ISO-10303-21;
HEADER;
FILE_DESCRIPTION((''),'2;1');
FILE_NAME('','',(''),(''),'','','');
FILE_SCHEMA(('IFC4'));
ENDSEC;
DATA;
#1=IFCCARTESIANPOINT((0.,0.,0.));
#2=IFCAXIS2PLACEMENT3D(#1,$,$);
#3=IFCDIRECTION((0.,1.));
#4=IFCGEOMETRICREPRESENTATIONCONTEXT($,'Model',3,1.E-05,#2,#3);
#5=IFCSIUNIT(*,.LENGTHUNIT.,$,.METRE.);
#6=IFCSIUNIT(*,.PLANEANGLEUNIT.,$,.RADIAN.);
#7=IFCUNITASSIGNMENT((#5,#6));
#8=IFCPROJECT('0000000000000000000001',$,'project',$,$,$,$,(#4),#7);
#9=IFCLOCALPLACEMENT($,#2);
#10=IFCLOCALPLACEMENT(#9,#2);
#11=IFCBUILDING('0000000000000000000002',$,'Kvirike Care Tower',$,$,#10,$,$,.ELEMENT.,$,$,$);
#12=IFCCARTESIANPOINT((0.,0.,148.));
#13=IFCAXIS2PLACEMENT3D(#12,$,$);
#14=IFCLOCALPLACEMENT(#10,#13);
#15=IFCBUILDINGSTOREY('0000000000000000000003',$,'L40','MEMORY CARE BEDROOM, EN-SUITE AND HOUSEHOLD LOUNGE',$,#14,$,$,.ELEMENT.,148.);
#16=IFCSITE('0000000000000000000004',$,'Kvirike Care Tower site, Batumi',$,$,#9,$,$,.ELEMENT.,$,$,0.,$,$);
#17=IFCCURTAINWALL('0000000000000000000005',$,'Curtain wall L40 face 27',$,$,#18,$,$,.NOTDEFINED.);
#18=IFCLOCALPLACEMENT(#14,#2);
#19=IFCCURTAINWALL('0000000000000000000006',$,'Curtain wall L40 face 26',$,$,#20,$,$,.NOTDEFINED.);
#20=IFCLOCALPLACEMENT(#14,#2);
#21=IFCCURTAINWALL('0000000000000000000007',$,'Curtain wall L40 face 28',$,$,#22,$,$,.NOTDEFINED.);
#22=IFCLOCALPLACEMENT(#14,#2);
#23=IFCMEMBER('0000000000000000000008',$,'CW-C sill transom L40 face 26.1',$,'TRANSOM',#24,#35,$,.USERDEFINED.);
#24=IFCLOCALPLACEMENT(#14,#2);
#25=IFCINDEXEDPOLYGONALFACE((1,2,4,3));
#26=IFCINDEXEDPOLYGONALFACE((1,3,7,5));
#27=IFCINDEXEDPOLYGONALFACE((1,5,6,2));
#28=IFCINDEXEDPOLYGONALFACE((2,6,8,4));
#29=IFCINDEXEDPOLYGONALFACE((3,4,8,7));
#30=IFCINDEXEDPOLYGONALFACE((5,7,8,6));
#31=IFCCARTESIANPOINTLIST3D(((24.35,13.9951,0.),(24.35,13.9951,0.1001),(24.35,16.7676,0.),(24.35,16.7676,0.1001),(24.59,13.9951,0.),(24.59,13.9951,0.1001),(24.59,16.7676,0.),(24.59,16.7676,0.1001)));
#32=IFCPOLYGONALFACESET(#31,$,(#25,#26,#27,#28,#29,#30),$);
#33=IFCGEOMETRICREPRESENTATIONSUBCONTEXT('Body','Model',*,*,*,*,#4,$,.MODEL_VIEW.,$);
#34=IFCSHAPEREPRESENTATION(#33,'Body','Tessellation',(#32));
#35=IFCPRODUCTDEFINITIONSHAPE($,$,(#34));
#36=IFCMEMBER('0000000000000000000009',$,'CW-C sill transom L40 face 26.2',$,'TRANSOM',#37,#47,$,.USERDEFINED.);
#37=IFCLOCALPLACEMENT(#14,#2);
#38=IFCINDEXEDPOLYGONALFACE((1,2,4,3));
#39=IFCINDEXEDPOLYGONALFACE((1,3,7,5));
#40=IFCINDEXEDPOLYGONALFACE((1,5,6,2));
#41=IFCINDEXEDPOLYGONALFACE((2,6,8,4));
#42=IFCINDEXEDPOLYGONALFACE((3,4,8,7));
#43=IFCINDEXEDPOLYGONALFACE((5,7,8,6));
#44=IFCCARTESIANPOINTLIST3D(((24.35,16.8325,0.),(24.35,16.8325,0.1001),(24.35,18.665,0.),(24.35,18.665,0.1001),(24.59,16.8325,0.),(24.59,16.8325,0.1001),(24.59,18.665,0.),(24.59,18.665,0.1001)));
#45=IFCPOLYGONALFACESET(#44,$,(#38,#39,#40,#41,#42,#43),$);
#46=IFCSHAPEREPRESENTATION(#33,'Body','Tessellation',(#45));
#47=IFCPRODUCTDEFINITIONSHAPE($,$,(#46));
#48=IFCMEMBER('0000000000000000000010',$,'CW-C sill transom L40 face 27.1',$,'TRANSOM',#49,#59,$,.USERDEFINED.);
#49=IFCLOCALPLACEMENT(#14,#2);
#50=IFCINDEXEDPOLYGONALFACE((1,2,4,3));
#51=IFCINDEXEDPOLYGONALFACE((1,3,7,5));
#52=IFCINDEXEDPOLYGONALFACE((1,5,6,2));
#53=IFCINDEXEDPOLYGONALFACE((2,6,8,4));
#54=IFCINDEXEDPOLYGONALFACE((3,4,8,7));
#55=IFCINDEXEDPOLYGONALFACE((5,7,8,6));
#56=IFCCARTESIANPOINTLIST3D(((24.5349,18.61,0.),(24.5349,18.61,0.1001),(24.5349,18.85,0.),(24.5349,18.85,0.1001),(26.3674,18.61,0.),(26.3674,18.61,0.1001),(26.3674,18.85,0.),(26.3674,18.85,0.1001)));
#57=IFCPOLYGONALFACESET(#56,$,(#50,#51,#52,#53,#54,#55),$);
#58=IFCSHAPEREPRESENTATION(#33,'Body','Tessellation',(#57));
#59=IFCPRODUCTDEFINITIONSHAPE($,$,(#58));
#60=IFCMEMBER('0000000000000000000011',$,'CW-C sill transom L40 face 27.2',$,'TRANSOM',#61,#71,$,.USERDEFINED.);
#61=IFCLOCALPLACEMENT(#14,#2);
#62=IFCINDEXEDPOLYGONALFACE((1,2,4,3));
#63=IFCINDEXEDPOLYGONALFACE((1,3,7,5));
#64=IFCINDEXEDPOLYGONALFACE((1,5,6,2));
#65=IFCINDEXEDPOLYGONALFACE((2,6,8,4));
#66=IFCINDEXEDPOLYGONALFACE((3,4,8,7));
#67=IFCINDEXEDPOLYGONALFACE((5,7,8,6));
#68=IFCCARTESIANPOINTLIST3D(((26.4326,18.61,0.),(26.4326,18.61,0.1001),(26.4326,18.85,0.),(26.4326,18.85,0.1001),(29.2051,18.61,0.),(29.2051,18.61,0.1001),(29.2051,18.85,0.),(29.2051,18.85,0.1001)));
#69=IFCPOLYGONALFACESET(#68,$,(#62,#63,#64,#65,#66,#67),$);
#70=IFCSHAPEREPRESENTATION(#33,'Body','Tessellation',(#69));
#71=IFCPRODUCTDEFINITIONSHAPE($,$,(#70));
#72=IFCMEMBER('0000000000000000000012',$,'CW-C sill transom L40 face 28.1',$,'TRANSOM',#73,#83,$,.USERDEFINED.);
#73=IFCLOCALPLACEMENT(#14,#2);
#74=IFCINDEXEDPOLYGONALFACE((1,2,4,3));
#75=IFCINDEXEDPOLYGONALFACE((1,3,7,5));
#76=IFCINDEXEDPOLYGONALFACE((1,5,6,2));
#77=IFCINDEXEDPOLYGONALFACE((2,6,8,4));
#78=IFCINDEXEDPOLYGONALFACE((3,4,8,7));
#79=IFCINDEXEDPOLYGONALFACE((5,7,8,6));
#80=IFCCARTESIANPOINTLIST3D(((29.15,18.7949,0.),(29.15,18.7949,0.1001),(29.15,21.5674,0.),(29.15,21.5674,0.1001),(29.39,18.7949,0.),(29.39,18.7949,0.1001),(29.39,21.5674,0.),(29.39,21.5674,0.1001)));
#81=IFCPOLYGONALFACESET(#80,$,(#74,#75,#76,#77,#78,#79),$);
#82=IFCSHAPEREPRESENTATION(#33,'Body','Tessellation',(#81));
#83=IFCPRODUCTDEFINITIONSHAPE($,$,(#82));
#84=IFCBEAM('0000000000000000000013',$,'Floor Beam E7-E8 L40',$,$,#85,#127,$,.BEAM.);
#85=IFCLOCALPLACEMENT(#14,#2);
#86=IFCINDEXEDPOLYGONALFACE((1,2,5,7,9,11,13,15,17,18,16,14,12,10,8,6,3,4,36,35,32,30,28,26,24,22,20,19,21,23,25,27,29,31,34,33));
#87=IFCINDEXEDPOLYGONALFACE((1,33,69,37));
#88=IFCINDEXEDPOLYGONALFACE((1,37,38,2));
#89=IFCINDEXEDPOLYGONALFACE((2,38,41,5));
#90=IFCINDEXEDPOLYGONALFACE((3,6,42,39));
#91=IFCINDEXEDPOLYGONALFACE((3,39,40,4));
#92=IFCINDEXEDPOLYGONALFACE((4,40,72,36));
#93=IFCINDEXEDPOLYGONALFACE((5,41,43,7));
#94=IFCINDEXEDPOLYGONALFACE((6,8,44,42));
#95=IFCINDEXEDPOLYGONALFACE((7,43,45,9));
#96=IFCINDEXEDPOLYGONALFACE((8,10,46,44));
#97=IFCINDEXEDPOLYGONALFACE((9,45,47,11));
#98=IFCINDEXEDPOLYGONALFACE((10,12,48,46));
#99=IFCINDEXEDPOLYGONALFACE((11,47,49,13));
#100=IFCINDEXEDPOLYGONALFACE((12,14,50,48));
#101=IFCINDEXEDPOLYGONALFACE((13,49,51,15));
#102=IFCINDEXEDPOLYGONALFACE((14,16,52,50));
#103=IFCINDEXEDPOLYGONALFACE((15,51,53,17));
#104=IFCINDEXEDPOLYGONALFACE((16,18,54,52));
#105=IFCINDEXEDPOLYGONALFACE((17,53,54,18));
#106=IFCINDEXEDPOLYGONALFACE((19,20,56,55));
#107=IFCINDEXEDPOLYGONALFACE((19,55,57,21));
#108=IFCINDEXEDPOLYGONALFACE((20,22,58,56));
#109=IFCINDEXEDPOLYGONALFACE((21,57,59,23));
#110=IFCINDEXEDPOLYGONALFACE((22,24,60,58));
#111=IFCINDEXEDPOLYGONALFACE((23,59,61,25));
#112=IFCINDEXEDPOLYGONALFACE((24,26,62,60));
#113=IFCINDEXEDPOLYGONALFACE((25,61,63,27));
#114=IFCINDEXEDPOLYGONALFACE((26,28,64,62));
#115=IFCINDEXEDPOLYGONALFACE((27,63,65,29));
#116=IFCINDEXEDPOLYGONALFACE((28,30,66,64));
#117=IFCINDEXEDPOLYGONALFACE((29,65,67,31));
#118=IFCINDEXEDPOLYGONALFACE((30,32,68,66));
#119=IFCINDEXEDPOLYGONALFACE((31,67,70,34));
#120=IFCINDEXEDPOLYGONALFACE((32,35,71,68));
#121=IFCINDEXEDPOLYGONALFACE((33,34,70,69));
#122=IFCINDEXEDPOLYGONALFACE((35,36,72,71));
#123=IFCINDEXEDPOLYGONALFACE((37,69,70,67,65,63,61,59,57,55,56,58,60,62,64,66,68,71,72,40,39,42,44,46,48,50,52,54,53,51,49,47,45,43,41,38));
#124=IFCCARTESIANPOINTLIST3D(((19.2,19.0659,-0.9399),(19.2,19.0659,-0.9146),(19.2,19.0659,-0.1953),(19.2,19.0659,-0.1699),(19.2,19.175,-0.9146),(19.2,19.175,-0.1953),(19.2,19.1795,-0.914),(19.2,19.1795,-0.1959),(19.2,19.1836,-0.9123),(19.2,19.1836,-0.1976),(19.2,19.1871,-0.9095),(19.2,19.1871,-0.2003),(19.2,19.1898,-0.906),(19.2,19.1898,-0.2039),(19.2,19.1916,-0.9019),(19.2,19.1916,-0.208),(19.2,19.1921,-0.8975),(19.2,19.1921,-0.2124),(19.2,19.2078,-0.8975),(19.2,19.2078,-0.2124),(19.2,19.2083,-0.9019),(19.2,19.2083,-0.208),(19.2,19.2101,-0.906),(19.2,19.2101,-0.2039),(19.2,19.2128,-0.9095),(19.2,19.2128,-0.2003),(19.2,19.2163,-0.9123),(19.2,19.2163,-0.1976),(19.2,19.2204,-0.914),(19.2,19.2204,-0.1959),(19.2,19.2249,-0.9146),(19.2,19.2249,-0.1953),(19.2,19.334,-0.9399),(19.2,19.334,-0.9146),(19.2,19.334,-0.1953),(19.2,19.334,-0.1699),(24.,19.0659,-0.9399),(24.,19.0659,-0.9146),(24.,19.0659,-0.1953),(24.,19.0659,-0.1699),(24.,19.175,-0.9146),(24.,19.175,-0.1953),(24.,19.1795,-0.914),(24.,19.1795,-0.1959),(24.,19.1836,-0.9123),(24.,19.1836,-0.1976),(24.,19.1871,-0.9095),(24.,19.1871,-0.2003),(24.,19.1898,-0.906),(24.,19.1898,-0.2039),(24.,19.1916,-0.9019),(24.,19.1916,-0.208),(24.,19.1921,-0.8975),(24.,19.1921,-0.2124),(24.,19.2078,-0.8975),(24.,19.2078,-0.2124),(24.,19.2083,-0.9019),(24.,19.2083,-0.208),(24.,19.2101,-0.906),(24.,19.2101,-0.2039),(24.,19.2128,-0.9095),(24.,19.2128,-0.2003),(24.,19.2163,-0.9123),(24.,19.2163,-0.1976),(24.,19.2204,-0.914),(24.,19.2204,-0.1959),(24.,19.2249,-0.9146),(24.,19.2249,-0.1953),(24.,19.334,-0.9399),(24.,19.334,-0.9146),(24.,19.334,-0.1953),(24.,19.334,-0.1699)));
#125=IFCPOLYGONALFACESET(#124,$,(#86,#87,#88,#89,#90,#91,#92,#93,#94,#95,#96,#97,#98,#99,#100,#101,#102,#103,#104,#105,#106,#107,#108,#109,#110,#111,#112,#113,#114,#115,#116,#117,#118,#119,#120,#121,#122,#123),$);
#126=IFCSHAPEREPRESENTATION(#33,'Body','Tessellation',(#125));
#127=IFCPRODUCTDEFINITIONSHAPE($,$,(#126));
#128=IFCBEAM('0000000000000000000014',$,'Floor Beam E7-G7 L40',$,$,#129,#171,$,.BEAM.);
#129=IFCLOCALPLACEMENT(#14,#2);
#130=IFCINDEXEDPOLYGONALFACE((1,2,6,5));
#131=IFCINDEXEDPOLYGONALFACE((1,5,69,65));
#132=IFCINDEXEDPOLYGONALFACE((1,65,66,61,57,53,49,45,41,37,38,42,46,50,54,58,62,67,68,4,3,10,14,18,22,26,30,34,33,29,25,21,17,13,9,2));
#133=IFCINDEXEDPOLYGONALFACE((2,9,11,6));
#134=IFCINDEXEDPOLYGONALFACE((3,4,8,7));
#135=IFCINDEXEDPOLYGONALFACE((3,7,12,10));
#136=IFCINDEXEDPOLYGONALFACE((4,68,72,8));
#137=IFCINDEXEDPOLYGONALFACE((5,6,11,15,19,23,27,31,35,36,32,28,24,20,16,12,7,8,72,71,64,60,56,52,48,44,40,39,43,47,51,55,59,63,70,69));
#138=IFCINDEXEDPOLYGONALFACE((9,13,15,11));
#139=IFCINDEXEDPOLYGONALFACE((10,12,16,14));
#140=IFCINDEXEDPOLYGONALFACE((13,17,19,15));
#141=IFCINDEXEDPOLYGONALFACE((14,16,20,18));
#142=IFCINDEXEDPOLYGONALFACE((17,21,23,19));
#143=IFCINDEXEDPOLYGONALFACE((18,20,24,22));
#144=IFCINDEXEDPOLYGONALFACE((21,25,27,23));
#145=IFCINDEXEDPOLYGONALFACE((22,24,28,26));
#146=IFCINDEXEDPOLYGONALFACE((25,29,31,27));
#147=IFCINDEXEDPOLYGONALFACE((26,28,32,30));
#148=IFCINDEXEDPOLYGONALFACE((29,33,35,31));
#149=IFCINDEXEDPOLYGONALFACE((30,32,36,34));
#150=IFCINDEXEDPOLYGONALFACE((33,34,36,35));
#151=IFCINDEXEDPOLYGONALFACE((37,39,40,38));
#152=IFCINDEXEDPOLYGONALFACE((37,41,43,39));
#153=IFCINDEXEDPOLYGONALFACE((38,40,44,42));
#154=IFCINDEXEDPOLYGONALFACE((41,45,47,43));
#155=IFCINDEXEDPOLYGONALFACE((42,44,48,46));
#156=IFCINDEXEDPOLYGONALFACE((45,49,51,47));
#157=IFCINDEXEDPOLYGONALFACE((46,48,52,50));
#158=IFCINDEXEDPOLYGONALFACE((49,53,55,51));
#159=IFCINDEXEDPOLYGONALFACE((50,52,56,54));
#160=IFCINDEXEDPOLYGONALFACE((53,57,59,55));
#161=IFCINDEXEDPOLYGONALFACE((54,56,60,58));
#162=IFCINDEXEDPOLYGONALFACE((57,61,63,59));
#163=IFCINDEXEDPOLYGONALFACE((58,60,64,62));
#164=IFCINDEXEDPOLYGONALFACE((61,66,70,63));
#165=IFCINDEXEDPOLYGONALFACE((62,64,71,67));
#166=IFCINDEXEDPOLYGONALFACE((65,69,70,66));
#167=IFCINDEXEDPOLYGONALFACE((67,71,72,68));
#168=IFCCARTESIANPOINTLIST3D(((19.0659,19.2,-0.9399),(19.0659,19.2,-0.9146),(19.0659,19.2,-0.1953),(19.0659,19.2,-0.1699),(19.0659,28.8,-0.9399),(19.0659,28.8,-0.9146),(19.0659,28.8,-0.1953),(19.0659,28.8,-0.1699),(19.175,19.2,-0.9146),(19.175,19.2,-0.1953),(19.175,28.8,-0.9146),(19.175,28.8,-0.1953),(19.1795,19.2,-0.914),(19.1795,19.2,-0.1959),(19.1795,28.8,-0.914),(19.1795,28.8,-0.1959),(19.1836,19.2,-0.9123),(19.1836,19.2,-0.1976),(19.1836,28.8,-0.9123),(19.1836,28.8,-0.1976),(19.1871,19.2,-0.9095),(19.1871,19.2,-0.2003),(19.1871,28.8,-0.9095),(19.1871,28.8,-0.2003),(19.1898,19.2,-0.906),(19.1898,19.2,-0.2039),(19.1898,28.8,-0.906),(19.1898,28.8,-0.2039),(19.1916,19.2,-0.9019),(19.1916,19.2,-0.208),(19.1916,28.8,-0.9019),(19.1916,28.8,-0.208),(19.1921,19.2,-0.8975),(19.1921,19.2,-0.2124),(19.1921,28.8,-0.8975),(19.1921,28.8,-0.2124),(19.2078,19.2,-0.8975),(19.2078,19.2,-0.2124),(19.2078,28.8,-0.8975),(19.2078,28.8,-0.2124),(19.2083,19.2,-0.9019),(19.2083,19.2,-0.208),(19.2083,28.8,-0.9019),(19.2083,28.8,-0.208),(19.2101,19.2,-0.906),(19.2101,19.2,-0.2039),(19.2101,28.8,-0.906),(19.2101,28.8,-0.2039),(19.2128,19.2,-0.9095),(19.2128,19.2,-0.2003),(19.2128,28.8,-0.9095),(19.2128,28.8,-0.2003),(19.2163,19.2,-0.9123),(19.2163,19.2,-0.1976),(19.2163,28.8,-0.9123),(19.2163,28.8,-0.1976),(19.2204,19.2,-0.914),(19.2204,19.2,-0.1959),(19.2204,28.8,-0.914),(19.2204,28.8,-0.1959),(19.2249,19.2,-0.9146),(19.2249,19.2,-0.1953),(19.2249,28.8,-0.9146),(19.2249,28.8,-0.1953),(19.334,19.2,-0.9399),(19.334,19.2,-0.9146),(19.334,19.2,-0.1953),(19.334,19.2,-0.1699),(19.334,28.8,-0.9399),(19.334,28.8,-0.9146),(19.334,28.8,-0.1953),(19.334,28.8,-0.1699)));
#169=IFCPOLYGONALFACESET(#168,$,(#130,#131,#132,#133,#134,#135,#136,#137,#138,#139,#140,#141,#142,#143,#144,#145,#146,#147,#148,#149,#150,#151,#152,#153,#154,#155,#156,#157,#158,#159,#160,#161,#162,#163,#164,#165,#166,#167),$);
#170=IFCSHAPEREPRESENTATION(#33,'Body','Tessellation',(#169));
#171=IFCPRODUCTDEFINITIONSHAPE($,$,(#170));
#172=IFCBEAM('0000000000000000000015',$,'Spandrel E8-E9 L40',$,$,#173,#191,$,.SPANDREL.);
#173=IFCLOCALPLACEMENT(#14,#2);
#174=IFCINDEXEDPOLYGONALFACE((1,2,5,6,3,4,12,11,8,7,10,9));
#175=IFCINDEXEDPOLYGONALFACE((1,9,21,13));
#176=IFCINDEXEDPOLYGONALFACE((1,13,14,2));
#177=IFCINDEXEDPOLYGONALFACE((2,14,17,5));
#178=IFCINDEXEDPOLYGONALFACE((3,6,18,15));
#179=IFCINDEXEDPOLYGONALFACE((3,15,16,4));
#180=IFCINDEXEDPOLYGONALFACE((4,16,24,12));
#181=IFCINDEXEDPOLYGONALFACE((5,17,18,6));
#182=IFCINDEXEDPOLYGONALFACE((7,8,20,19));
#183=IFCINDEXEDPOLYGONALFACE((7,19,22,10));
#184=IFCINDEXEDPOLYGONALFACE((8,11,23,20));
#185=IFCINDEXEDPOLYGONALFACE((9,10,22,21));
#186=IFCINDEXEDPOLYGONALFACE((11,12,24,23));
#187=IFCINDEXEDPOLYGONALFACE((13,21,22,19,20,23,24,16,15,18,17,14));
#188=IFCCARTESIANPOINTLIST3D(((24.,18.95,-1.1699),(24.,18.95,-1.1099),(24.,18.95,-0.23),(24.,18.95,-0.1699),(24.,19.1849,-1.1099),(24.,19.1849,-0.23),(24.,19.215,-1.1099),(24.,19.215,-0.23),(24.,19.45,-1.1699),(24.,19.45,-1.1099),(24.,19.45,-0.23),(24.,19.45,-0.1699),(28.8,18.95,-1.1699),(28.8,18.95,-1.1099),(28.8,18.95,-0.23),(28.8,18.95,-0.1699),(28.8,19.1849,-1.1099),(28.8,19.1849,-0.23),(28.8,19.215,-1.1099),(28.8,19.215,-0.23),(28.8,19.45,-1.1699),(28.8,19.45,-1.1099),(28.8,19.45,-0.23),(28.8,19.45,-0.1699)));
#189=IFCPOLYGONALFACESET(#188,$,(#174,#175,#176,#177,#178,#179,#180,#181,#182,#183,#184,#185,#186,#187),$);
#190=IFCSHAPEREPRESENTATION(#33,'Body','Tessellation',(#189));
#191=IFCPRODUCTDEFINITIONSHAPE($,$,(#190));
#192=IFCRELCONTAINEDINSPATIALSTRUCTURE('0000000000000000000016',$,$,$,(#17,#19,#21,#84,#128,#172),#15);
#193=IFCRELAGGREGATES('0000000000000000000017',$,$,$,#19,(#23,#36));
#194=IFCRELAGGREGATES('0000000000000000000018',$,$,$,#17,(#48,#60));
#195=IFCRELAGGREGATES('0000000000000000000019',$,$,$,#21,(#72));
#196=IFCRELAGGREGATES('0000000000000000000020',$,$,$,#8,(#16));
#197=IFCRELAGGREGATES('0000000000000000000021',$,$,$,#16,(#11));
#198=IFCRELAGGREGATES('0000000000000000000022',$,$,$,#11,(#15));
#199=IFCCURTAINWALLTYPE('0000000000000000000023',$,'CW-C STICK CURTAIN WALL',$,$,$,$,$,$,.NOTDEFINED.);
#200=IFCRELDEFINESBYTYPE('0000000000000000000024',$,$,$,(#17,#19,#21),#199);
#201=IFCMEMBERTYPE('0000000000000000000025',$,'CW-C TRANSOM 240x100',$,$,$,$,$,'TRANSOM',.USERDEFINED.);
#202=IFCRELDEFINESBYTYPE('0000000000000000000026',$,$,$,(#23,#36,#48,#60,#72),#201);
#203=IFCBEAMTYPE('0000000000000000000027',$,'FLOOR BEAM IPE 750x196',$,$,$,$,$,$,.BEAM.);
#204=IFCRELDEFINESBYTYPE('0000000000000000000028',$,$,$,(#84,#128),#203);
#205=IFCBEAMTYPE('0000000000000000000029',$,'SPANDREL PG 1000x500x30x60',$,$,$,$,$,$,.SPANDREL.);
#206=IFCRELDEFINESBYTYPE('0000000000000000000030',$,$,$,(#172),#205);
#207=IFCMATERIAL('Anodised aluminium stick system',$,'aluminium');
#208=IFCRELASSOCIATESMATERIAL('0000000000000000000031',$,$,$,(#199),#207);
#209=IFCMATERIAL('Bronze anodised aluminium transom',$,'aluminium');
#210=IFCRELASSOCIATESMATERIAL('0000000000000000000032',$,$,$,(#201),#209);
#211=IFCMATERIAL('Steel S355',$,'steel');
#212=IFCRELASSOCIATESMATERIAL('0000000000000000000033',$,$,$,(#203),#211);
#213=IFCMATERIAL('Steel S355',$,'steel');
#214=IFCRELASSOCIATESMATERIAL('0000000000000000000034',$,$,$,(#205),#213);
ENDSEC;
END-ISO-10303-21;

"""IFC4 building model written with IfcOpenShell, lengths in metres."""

from ifc_helpers import new_model, si_unit, direction, frame, origin, origin_2d, place, context, subcontext, project, spatial, rectangle, i_section, extrude, material, material_profile, profile_set, type_object, element, aggregate, save


model = new_model("IFC4")

# Units and contexts
model_context = context("Model", 3, precision=1e-05, world=origin(), true_north=direction((0.0, 1.0)))
body_context = subcontext(model_context, "Body", "Model", "MODEL_VIEW")
ifc_project = project(units=[si_unit("LENGTHUNIT", "METRE"), si_unit("PLANEANGLEUNIT", "RADIAN")], contexts=[model_context])

# Site, building, storey
site_placement = place(None, origin())
site = spatial("IfcSite", under=ifc_project, at=site_placement, Name="Kvirike Care Tower site, Batumi", CompositionType="ELEMENT", RefElevation=0.0)
building_placement = place(site_placement, origin())
building = spatial("IfcBuilding", under=site, at=building_placement, Name="Kvirike Care Tower", CompositionType="ELEMENT")
storey_placement = place(building_placement, frame((0.0, 0.0, 148.0)))
storey = spatial("IfcBuildingStorey", under=building, at=storey_placement, Name="L40", Description="MEMORY CARE BEDROOM, EN-SUITE AND HOUSEHOLD LOUNGE", CompositionType="ELEMENT", Elevation=148.0)

# Curtain wall
ifc_material_1 = material(Name="Anodised aluminium stick system", Category="aluminium")
curtain_wall_type = type_object("IfcCurtainWallType", Name="CW-C STICK CURTAIN WALL", PredefinedType="NOTDEFINED", material=ifc_material_1)
curtain_wall_1_placement = place(storey_placement, origin())
curtain_wall_1 = element("IfcCurtainWall", 1, at=curtain_wall_1_placement, inside=storey, type_object=curtain_wall_type, Name="Curtain wall L40 face 27", PredefinedType="NOTDEFINED")

# Curtain wall
curtain_wall_2_placement = place(storey_placement, origin())
curtain_wall_2 = element("IfcCurtainWall", 2, at=curtain_wall_2_placement, inside=storey, type_object=curtain_wall_type, Name="Curtain wall L40 face 26", PredefinedType="NOTDEFINED")

# Curtain wall
curtain_wall_3_placement = place(storey_placement, origin())
curtain_wall_3 = element("IfcCurtainWall", 3, at=curtain_wall_3_placement, inside=storey, type_object=curtain_wall_type, Name="Curtain wall L40 face 28", PredefinedType="NOTDEFINED")

# Members
ifc_material_2 = material(Name="Bronze anodised aluminium transom", Category="aluminium")
ifc_material_profile_1 = material_profile(ifc_material_2, rectangle(XDim=0.24, YDim=0.1001, at=origin_2d()), Name="CW-C TRANSOM 240x100")
ifc_profile_set_1 = profile_set([ifc_material_profile_1], Name="Bronze anodised aluminium transom")
member_type_1 = type_object("IfcMemberType", Name="CW-C TRANSOM 240x100", ElementType="TRANSOM", PredefinedType="USERDEFINED", material=ifc_profile_set_1)
member_1_placement = place(storey_placement, frame((24.47, 13.9951, 0.05), z_axis=(0.0, 1.0, 0.0), x_axis=(-1.0, 0.0, 0.0)))
member_1 = element("IfcMember", 4, at=member_1_placement, type_object=member_type_1, Name="CW-C sill transom L40 face 26.1", ObjectType="TRANSOM", PredefinedType="USERDEFINED", context=body_context, shape_type="SweptSolid", body=[
    extrude(rectangle(XDim=0.24, YDim=0.1001, at=origin_2d()), origin(), (0.0, 0.0, 1.0), 2.7725),
])
member_2_placement = place(storey_placement, frame((24.47, 16.8325, 0.05), z_axis=(0.0, 1.0, 0.0), x_axis=(-1.0, 0.0, 0.0)))
member_2 = element("IfcMember", 5, at=member_2_placement, type_object=member_type_1, Name="CW-C sill transom L40 face 26.2", ObjectType="TRANSOM", PredefinedType="USERDEFINED", context=body_context, shape_type="SweptSolid", body=[
    extrude(rectangle(XDim=0.24, YDim=0.1001, at=origin_2d()), origin(), (0.0, 0.0, 1.0), 1.8325),
])
member_3_placement = place(storey_placement, frame((24.5349, 18.73, 0.05), z_axis=(1.0, 0.0, 0.0), x_axis=(0.0, 1.0, 0.0)))
member_3 = element("IfcMember", 6, at=member_3_placement, type_object=member_type_1, Name="CW-C sill transom L40 face 27.1", ObjectType="TRANSOM", PredefinedType="USERDEFINED", context=body_context, shape_type="SweptSolid", body=[
    extrude(rectangle(XDim=0.24, YDim=0.1001, at=origin_2d()), origin(), (0.0, 0.0, 1.0), 1.8325),
])
member_4_placement = place(storey_placement, frame((26.4326, 18.73, 0.05), z_axis=(1.0, 0.0, 0.0), x_axis=(0.0, 1.0, 0.0)))
member_4 = element("IfcMember", 7, at=member_4_placement, type_object=member_type_1, Name="CW-C sill transom L40 face 27.2", ObjectType="TRANSOM", PredefinedType="USERDEFINED", context=body_context, shape_type="SweptSolid", body=[
    extrude(rectangle(XDim=0.24, YDim=0.1001, at=origin_2d()), origin(), (0.0, 0.0, 1.0), 2.7725),
])
member_5_placement = place(storey_placement, frame((29.27, 18.7949, 0.05), z_axis=(0.0, 1.0, 0.0), x_axis=(-1.0, 0.0, 0.0)))
member_5 = element("IfcMember", 8, at=member_5_placement, type_object=member_type_1, Name="CW-C sill transom L40 face 28.1", ObjectType="TRANSOM", PredefinedType="USERDEFINED", context=body_context, shape_type="SweptSolid", body=[
    extrude(rectangle(XDim=0.24, YDim=0.1001, at=origin_2d()), origin(), (0.0, 0.0, 1.0), 2.7725),
])

# Beams
ifc_material_3 = material(Name="Steel S355", Category="steel")
ifc_material_profile_2 = material_profile(ifc_material_3, i_section(OverallWidth=0.2681, OverallDepth=0.77, WebThickness=0.0156, FlangeThickness=0.0254, FilletRadius=0.0171, at=origin_2d()), Name="IPE 750x196")
ifc_profile_set_2 = profile_set([ifc_material_profile_2], Name="Steel S355")
beam_type_1 = type_object("IfcBeamType", Name="FLOOR BEAM IPE 750x196", PredefinedType="BEAM", material=ifc_profile_set_2)
beam_1_placement = place(storey_placement, frame((19.2, 19.2, -0.5549), z_axis=(1.0, 0.0, 0.0), x_axis=(0.0, 1.0, 0.0)))
element("IfcBeam", 9, at=beam_1_placement, inside=storey, type_object=beam_type_1, Name="Floor Beam E7-E8 L40", PredefinedType="BEAM", context=body_context, shape_type="SweptSolid", body=[
    extrude(i_section(OverallWidth=0.2681, OverallDepth=0.77, WebThickness=0.0156, FlangeThickness=0.0254, FilletRadius=0.0171, at=origin_2d()), origin(), (0.0, 0.0, 1.0), 4.8),
])
beam_2_placement = place(storey_placement, frame((19.2, 19.2, -0.5549), z_axis=(0.0, 1.0, 0.0), x_axis=(-1.0, 0.0, 0.0)))
element("IfcBeam", 10, at=beam_2_placement, inside=storey, type_object=beam_type_1, Name="Floor Beam E7-G7 L40", PredefinedType="BEAM", context=body_context, shape_type="SweptSolid", body=[
    extrude(i_section(OverallWidth=0.2681, OverallDepth=0.77, WebThickness=0.0156, FlangeThickness=0.0254, FilletRadius=0.0171, at=origin_2d()), origin(), (0.0, 0.0, 1.0), 9.6001),
])
ifc_material_4 = material(Name="Steel S355", Category="steel")
ifc_material_profile_3 = material_profile(ifc_material_4, i_section(OverallWidth=0.5, OverallDepth=1.0, WebThickness=0.03, FlangeThickness=0.0601, at=origin_2d()), Name="PG 1000x500x30x60")
ifc_profile_set_3 = profile_set([ifc_material_profile_3], Name="Steel S355")
beam_type_2 = type_object("IfcBeamType", Name="SPANDREL PG 1000x500x30x60", PredefinedType="SPANDREL", material=ifc_profile_set_3)
for number, where, z_axis, x_axis, name in (
    (11, (24.0, 19.2, -0.6699), (1.0, 0.0, 0.0), (0.0, 1.0, 0.0), "Spandrel E8-E9 L40"),
):
    element("IfcBeam", number, at=place(storey_placement, frame(where, z_axis=z_axis, x_axis=x_axis)), inside=storey, type_object=beam_type_2, Name=name, PredefinedType="SPANDREL", context=body_context, shape_type="SweptSolid", body=[
        extrude(i_section(OverallWidth=0.5, OverallDepth=1.0, WebThickness=0.03, FlangeThickness=0.0601, at=origin_2d()), origin(), (0.0, 0.0, 1.0), 4.8),
    ])

aggregate(curtain_wall_2, [member_1, member_2])
aggregate(curtain_wall_1, [member_3, member_4])
aggregate(curtain_wall_3, [member_5])

save(model, "model.ifc")
